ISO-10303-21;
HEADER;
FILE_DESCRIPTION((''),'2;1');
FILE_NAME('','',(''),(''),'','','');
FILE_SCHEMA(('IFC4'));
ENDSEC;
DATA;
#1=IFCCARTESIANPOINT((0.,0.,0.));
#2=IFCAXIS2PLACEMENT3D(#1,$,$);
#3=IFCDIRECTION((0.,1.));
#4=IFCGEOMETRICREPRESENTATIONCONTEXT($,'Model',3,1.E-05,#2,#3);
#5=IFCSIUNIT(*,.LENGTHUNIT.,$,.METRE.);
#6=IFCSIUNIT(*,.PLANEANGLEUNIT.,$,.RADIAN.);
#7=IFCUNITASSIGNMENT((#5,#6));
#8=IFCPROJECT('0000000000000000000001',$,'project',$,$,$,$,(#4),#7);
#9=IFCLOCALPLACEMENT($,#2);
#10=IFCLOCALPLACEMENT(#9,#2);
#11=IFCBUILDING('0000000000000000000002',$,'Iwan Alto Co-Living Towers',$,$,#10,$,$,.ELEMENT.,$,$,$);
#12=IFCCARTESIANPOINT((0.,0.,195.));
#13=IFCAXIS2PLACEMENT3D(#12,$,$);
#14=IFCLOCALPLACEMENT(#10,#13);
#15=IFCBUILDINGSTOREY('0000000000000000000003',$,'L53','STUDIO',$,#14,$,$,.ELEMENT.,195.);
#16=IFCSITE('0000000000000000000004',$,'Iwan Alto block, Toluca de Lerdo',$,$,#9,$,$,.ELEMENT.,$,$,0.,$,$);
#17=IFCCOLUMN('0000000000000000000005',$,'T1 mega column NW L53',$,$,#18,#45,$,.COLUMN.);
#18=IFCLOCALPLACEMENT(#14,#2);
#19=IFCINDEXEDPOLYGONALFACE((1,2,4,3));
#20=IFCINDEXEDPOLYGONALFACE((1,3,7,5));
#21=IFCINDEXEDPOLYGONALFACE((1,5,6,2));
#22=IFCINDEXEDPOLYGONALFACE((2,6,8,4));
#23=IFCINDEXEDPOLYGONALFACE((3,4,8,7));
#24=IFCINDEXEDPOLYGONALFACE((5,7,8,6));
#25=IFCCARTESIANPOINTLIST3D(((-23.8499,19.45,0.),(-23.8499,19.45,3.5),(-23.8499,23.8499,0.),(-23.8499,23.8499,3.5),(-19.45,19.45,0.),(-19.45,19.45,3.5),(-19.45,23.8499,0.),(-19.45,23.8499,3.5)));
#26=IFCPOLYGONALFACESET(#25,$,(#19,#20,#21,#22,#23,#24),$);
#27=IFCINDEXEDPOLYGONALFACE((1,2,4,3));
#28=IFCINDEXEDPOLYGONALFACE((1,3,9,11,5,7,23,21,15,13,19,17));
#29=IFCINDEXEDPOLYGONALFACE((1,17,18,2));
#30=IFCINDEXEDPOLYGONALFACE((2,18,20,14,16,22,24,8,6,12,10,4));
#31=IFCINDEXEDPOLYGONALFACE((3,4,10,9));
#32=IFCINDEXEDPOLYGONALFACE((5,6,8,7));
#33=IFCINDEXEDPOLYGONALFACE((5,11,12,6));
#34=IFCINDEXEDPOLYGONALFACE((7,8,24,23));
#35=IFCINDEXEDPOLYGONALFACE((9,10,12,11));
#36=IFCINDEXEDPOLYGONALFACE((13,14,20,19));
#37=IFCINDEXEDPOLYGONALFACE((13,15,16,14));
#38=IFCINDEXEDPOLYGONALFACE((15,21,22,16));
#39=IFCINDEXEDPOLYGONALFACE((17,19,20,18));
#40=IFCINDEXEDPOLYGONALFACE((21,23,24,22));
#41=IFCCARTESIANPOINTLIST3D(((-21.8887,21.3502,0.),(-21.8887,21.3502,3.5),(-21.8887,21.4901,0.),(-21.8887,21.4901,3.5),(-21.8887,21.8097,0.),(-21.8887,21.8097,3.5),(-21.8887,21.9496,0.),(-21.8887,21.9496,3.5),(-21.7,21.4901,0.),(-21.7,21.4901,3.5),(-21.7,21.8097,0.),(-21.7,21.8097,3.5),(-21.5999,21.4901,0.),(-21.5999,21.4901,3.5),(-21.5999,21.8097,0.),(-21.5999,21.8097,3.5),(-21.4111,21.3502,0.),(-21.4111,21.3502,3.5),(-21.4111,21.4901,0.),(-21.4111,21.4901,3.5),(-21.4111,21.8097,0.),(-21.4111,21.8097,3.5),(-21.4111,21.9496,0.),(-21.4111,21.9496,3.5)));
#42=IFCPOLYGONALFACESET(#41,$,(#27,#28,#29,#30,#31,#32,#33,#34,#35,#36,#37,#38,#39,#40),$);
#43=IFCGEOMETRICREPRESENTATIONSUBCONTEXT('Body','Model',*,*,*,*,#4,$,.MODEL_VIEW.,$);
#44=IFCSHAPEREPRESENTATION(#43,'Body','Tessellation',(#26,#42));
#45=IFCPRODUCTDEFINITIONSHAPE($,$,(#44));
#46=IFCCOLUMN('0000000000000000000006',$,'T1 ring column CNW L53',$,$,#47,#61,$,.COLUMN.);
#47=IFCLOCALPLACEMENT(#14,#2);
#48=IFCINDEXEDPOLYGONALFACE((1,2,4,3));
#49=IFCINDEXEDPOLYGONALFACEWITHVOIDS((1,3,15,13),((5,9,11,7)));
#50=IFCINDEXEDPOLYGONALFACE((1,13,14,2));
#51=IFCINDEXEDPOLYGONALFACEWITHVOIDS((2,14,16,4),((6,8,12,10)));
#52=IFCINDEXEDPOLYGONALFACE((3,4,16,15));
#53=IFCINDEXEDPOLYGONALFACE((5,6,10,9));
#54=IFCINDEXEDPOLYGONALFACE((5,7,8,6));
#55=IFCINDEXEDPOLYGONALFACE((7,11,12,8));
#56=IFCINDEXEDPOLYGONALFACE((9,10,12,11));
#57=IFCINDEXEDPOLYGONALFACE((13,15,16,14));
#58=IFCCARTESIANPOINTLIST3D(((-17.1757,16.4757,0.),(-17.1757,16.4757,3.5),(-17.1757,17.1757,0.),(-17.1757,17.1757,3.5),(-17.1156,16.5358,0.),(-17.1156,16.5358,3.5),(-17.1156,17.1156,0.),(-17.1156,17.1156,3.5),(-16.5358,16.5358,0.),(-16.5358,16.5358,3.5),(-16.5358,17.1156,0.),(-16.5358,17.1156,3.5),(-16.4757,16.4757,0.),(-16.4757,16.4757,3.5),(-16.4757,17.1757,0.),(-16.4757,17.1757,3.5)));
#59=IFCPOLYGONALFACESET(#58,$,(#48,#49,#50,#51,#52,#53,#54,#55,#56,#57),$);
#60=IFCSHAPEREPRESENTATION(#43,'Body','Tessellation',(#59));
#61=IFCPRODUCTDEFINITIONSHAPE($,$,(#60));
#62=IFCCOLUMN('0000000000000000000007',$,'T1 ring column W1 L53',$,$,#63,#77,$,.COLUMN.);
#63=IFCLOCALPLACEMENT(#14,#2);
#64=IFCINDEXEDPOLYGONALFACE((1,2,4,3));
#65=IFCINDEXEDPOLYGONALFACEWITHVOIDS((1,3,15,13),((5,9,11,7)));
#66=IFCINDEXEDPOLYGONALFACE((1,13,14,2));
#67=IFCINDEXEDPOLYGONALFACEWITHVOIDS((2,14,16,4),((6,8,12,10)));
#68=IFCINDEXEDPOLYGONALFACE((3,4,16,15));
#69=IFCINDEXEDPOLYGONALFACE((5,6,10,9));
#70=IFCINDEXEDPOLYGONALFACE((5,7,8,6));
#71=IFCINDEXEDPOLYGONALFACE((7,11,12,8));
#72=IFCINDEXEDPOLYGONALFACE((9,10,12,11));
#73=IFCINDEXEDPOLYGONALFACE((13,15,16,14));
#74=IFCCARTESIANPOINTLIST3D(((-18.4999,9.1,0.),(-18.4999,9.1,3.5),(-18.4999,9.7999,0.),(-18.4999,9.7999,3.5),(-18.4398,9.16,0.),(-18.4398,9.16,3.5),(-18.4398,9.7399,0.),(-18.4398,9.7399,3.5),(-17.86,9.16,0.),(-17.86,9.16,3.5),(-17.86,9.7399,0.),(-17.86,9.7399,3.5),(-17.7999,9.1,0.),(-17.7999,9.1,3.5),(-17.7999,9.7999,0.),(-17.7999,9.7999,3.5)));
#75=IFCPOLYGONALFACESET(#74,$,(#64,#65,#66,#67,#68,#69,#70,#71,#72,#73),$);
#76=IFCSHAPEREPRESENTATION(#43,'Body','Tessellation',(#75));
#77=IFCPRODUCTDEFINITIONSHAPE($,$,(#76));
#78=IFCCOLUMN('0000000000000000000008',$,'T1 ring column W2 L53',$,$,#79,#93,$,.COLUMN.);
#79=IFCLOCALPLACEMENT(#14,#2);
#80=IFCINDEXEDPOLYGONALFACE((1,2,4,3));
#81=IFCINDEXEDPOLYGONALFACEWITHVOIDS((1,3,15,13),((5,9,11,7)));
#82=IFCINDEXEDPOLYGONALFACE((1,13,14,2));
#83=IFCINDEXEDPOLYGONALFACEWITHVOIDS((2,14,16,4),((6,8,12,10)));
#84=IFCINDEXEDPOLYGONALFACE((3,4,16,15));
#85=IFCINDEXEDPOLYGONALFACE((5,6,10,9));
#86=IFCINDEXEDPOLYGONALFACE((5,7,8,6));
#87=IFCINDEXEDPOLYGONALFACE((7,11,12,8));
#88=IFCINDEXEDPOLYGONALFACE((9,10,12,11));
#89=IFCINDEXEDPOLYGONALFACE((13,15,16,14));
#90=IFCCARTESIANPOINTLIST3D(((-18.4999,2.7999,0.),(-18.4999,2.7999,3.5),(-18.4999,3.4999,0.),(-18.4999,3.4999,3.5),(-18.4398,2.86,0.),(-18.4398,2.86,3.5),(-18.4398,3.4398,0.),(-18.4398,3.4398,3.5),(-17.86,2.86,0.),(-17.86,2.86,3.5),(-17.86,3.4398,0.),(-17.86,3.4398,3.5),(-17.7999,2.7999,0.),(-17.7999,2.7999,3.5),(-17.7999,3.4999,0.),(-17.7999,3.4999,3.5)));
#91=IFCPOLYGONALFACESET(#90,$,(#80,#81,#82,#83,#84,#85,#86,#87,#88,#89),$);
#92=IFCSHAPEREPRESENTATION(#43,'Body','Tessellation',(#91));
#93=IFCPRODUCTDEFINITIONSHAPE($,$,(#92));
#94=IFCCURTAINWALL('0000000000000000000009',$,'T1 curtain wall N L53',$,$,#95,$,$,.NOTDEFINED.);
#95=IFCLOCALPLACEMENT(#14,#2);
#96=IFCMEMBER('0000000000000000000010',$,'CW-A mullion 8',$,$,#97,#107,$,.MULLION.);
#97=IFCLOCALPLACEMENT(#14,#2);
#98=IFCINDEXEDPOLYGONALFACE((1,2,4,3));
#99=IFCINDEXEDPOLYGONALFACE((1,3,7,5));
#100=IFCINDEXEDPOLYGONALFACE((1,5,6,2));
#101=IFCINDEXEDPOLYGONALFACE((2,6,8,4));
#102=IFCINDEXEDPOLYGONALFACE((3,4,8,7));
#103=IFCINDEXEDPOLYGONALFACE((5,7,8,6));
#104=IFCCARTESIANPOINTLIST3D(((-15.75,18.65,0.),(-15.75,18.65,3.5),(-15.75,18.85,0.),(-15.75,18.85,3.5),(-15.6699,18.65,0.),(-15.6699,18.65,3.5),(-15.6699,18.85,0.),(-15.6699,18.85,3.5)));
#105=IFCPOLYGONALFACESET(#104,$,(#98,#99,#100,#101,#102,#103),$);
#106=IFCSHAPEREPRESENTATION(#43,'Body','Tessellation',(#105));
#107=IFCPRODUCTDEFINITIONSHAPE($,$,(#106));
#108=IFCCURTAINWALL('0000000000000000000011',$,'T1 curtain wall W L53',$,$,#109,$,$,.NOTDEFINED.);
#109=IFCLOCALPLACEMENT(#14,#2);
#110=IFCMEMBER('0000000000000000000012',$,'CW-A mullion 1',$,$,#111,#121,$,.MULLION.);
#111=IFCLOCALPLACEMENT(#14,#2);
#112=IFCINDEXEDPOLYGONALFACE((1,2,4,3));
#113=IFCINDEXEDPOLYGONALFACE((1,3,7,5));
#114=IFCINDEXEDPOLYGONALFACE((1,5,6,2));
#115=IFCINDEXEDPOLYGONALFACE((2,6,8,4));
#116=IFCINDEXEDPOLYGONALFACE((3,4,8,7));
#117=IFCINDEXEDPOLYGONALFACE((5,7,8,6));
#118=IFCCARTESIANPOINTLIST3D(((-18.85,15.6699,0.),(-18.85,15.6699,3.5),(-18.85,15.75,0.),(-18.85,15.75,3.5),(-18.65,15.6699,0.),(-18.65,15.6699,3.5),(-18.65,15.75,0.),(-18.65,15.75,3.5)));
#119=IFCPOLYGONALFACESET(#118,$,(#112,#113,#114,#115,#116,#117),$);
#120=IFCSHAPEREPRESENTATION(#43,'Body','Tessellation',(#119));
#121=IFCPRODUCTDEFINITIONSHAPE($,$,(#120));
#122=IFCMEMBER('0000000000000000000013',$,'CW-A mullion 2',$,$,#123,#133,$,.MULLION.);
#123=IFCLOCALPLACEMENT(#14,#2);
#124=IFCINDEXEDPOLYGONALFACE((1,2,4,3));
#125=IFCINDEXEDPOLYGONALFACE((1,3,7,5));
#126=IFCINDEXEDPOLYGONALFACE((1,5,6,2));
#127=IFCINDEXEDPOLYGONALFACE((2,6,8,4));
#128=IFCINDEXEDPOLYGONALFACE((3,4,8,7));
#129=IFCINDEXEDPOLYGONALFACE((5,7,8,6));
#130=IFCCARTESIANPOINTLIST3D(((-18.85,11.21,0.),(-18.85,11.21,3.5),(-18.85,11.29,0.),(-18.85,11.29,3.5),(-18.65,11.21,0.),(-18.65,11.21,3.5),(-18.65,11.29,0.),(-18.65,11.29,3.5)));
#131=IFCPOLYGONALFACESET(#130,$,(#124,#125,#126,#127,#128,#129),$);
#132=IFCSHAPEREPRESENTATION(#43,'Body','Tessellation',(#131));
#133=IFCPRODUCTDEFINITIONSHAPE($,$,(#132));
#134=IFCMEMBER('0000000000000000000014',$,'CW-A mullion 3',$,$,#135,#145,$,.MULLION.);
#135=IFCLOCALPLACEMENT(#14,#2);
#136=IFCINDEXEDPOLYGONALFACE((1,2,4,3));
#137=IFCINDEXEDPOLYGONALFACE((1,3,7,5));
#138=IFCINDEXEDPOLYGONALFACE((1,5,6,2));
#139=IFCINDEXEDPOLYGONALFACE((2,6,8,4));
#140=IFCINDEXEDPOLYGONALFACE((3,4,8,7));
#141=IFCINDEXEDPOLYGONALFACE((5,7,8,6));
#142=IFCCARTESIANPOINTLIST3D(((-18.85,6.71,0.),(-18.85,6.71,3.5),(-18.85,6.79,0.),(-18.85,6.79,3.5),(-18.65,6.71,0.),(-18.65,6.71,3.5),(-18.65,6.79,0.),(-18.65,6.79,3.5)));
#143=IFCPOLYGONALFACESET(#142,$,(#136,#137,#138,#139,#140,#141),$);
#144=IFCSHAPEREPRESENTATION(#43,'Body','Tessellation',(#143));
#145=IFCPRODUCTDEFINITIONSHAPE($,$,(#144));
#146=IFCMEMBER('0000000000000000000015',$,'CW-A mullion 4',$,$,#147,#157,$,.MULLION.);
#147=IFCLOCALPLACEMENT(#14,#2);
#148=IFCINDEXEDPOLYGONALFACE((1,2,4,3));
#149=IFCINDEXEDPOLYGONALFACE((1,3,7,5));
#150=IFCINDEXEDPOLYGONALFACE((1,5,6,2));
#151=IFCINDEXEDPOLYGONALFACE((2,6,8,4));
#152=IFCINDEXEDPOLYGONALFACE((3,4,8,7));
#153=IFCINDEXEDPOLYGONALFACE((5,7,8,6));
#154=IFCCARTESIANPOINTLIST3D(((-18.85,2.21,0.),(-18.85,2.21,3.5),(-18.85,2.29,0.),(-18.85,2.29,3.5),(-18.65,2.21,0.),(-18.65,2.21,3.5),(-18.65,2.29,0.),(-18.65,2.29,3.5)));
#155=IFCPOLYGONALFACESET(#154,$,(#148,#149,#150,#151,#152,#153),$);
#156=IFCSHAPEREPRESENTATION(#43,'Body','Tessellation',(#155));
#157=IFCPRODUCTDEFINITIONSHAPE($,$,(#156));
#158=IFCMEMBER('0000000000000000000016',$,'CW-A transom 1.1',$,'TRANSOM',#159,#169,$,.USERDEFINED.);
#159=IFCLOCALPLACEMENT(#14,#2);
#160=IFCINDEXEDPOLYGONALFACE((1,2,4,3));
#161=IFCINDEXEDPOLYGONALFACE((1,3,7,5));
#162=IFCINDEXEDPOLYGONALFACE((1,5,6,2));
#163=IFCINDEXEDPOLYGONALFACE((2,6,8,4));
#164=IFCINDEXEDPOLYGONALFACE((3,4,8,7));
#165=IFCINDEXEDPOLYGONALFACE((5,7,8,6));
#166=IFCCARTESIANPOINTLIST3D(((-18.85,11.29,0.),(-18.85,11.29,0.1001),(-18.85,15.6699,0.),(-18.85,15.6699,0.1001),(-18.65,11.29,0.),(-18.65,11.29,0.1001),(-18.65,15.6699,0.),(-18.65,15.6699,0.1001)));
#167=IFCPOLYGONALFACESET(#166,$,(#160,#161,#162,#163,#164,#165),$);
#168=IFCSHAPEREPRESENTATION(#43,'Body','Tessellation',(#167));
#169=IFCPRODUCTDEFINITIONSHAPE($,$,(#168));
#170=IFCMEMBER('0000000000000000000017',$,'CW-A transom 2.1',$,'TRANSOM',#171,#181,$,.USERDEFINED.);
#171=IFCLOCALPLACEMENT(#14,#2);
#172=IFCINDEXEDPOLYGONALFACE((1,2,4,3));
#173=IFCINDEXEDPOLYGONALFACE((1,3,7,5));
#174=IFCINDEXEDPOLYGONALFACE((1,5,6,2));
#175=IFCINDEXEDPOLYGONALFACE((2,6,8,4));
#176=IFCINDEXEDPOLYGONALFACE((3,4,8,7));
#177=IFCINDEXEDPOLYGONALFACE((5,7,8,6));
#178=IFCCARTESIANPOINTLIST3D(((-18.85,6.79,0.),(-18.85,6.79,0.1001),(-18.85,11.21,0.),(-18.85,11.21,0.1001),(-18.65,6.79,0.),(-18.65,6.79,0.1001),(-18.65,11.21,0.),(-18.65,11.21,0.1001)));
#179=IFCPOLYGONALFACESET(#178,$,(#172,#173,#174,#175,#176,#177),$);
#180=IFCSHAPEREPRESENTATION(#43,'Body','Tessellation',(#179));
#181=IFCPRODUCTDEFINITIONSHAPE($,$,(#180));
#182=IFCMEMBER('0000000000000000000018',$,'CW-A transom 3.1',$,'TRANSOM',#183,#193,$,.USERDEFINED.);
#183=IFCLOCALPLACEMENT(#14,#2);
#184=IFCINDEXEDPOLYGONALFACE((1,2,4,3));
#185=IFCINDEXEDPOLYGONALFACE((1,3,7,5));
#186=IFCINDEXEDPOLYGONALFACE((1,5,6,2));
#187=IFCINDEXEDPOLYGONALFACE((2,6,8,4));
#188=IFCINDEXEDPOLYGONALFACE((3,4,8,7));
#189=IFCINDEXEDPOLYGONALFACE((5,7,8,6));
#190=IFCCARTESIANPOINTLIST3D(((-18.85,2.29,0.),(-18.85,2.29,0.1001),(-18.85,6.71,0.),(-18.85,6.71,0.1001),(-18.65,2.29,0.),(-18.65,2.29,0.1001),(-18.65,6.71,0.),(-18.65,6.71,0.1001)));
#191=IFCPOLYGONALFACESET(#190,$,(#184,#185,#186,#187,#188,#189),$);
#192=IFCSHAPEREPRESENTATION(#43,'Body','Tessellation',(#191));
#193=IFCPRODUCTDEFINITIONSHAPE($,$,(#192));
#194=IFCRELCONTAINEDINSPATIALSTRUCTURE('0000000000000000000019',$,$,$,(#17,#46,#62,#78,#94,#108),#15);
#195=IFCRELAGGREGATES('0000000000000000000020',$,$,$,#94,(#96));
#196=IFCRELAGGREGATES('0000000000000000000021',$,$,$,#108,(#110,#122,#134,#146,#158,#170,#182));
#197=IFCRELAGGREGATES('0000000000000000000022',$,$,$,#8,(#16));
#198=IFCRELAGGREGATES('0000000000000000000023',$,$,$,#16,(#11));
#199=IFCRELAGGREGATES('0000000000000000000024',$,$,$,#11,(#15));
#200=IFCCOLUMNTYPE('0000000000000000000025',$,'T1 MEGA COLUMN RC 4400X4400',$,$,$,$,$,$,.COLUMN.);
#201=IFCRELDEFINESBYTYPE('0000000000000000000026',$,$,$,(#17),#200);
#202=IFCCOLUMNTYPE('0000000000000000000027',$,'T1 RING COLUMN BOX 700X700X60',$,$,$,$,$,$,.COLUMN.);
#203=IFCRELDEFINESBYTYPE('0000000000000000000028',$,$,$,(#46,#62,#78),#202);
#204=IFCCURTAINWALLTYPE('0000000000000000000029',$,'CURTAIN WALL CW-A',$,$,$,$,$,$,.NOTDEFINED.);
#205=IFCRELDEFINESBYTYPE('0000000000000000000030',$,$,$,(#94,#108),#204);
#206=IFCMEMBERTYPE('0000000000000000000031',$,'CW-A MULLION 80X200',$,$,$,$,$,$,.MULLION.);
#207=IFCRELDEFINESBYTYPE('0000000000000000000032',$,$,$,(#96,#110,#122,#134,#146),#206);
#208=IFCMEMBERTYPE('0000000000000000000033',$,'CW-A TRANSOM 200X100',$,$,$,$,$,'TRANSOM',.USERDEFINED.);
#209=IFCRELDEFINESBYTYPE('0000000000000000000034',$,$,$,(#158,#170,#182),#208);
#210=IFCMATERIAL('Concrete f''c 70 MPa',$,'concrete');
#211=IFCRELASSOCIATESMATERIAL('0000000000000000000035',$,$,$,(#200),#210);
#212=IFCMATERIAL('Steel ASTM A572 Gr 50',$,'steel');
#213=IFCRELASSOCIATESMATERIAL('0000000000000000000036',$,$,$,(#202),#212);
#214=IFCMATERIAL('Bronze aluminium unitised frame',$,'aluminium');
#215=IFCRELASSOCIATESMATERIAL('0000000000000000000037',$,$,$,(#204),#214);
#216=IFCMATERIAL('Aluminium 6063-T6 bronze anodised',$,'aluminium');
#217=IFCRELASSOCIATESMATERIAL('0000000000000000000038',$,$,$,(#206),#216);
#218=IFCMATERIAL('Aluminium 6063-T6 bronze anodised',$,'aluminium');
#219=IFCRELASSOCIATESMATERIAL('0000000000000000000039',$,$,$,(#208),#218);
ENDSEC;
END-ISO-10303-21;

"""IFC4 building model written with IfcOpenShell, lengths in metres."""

from ifc_helpers import new_model, si_unit, direction, frame, origin, origin_2d, place, context, subcontext, project, spatial, rectangle, hollow_rectangle, i_section, extrude, material, material_profile, profile_set, type_object, element, aggregate, save


model = new_model("IFC4")

# Units and contexts
model_context = context("Model", 3, precision=1e-05, world=origin(), true_north=direction((0.0, 1.0)))
body_context = subcontext(model_context, "Body", "Model", "MODEL_VIEW")
ifc_project = project(units=[si_unit("LENGTHUNIT", "METRE"), si_unit("PLANEANGLEUNIT", "RADIAN")], contexts=[model_context])

# Site, building, storey
site_placement = place(None, origin())
site = spatial("IfcSite", under=ifc_project, at=site_placement, Name="Iwan Alto block, Toluca de Lerdo", CompositionType="ELEMENT", RefElevation=0.0)
building_placement = place(site_placement, origin())
building = spatial("IfcBuilding", under=site, at=building_placement, Name="Iwan Alto Co-Living Towers", CompositionType="ELEMENT")
storey_placement = place(building_placement, frame((0.0, 0.0, 195.0)))
storey = spatial("IfcBuildingStorey", under=building, at=storey_placement, Name="L53", Description="STUDIO", CompositionType="ELEMENT", Elevation=195.0)

# Columns
ifc_material_1 = material(Name="Concrete f'c 70 MPa", Category="concrete")
ifc_material_profile_1 = material_profile(ifc_material_1, rectangle(XDim=4.3999, YDim=4.3999, at=origin_2d()), Name="RC 4400X4400")
ifc_profile_set_1 = profile_set([ifc_material_profile_1], Name="Concrete f'c 70 MPa")
column_type_1 = type_object("IfcColumnType", Name="T1 MEGA COLUMN RC 4400X4400", PredefinedType="COLUMN", material=ifc_profile_set_1)
column_placement = place(storey_placement, frame((-21.6499, 21.6499, 0.0), z_axis=(0.0, 0.0, 1.0), x_axis=(1.0, 0.0, 0.0)))
element("IfcColumn", 1, at=column_placement, inside=storey, type_object=column_type_1, Name="T1 mega column NW L53", PredefinedType="COLUMN", context=body_context, shape_type="SweptSolid", body=[
    extrude(rectangle(XDim=4.3999, YDim=4.3999, at=origin_2d()), origin(), (0.0, 0.0, 1.0), 3.5),
    extrude(i_section(OverallWidth=0.4775, OverallDepth=0.5994, WebThickness=0.1001, FlangeThickness=0.1399, at=origin_2d()), origin(), (0.0, 0.0, 1.0), 3.5),
])
ifc_material_2 = material(Name="Steel ASTM A572 Gr 50", Category="steel")
ifc_material_profile_2 = material_profile(ifc_material_2, hollow_rectangle(XDim=0.7, YDim=0.7, WallThickness=0.0601, at=origin_2d()), Name="BOX 700X700X60")
ifc_profile_set_2 = profile_set([ifc_material_profile_2], Name="Steel ASTM A572 Gr 50")
column_type_2 = type_object("IfcColumnType", Name="T1 RING COLUMN BOX 700X700X60", PredefinedType="COLUMN", material=ifc_profile_set_2)
for number, where, z_axis, x_axis, name in (
    (2, (-16.8257, 16.8257, 0.0), (0.0, 0.0, 1.0), (1.0, 0.0, 0.0), "T1 ring column CNW L53"),
    (3, (-18.1499, 9.45, 0.0), (0.0, 0.0, 1.0), (1.0, 0.0, 0.0), "T1 ring column W1 L53"),
    (4, (-18.1499, 3.1499, 0.0), (0.0, 0.0, 1.0), (1.0, 0.0, 0.0), "T1 ring column W2 L53"),
):
    element("IfcColumn", number, at=place(storey_placement, frame(where, z_axis=z_axis, x_axis=x_axis)), inside=storey, type_object=column_type_2, Name=name, PredefinedType="COLUMN", context=body_context, shape_type="SweptSolid", body=[
        extrude(hollow_rectangle(XDim=0.7, YDim=0.7, WallThickness=0.0601, at=origin_2d()), origin(), (0.0, 0.0, 1.0), 3.5),
    ])

# Curtain wall, member
ifc_material_3 = material(Name="Bronze aluminium unitised frame", Category="aluminium")
curtain_wall_type_1 = type_object("IfcCurtainWallType", Name="CURTAIN WALL CW-A", PredefinedType="NOTDEFINED", material=ifc_material_3)
curtain_wall_1_placement = place(storey_placement, origin())
curtain_wall_1 = element("IfcCurtainWall", 5, at=curtain_wall_1_placement, inside=storey, type_object=curtain_wall_type_1, Name="T1 curtain wall N L53", PredefinedType="NOTDEFINED")
ifc_material_4 = material(Name="Aluminium 6063-T6 bronze anodised", Category="aluminium")
ifc_material_profile_3 = material_profile(ifc_material_4, rectangle(XDim=0.2, YDim=0.0801, at=origin_2d()), Name="AL 80X200")
ifc_profile_set_3 = profile_set([ifc_material_profile_3], Name="Aluminium 6063-T6 bronze anodised")
member_type_1 = type_object("IfcMemberType", Name="CW-A MULLION 80X200", PredefinedType="MULLION", material=ifc_profile_set_3)
member_1_placement = place(storey_placement, frame((-15.71, 18.75, 0.0), z_axis=(0.0, 0.0, 1.0), x_axis=(0.0, -1.0, 0.0)))
member_1 = element("IfcMember", 6, at=member_1_placement, type_object=member_type_1, Name="CW-A mullion 8", PredefinedType="MULLION", context=body_context, shape_type="SweptSolid", body=[
    extrude(rectangle(XDim=0.2, YDim=0.0801, at=origin_2d()), origin(), (0.0, 0.0, 1.0), 3.5),
])
aggregate(curtain_wall_1, [member_1])

# Curtain wall, members
curtain_wall_2_placement = place(storey_placement, origin())
curtain_wall_2 = element("IfcCurtainWall", 7, at=curtain_wall_2_placement, inside=storey, type_object=curtain_wall_type_1, Name="T1 curtain wall W L53", PredefinedType="NOTDEFINED")
member_2_placement = place(storey_placement, frame((-18.75, 15.71, 0.0), z_axis=(0.0, 0.0, 1.0), x_axis=(1.0, 0.0, 0.0)))
member_2 = element("IfcMember", 8, at=member_2_placement, type_object=member_type_1, Name="CW-A mullion 1", PredefinedType="MULLION", context=body_context, shape_type="SweptSolid", body=[
    extrude(rectangle(XDim=0.2, YDim=0.0801, at=origin_2d()), origin(), (0.0, 0.0, 1.0), 3.5),
])
member_3_placement = place(storey_placement, frame((-18.75, 11.25, 0.0), z_axis=(0.0, 0.0, 1.0), x_axis=(1.0, 0.0, 0.0)))
member_3 = element("IfcMember", 9, at=member_3_placement, type_object=member_type_1, Name="CW-A mullion 2", PredefinedType="MULLION", context=body_context, shape_type="SweptSolid", body=[
    extrude(rectangle(XDim=0.2, YDim=0.0801, at=origin_2d()), origin(), (0.0, 0.0, 1.0), 3.5),
])
member_4_placement = place(storey_placement, frame((-18.75, 6.75, 0.0), z_axis=(0.0, 0.0, 1.0), x_axis=(1.0, 0.0, 0.0)))
member_4 = element("IfcMember", 10, at=member_4_placement, type_object=member_type_1, Name="CW-A mullion 3", PredefinedType="MULLION", context=body_context, shape_type="SweptSolid", body=[
    extrude(rectangle(XDim=0.2, YDim=0.0801, at=origin_2d()), origin(), (0.0, 0.0, 1.0), 3.5),
])
member_5_placement = place(storey_placement, frame((-18.75, 2.25, 0.0), z_axis=(0.0, 0.0, 1.0), x_axis=(1.0, 0.0, 0.0)))
member_5 = element("IfcMember", 11, at=member_5_placement, type_object=member_type_1, Name="CW-A mullion 4", PredefinedType="MULLION", context=body_context, shape_type="SweptSolid", body=[
    extrude(rectangle(XDim=0.2, YDim=0.0801, at=origin_2d()), origin(), (0.0, 0.0, 1.0), 3.5),
])
ifc_material_5 = material(Name="Aluminium 6063-T6 bronze anodised", Category="aluminium")
ifc_material_profile_4 = material_profile(ifc_material_5, rectangle(XDim=0.2, YDim=0.1001, at=origin_2d()), Name="AL 200X100")
ifc_profile_set_4 = profile_set([ifc_material_profile_4], Name="Aluminium 6063-T6 bronze anodised")
member_type_2 = type_object("IfcMemberType", Name="CW-A TRANSOM 200X100", ElementType="TRANSOM", PredefinedType="USERDEFINED", material=ifc_profile_set_4)
member_6_placement = place(storey_placement, frame((-18.75, 15.6699, 0.05), z_axis=(0.0, -1.0, 0.0), x_axis=(1.0, 0.0, 0.0)))
member_6 = element("IfcMember", 12, at=member_6_placement, type_object=member_type_2, Name="CW-A transom 1.1", ObjectType="TRANSOM", PredefinedType="USERDEFINED", context=body_context, shape_type="SweptSolid", body=[
    extrude(rectangle(XDim=0.2, YDim=0.1001, at=origin_2d()), origin(), (0.0, 0.0, 1.0), 4.3799),
])
member_7_placement = place(storey_placement, frame((-18.75, 11.21, 0.05), z_axis=(0.0, -1.0, 0.0), x_axis=(1.0, 0.0, 0.0)))
member_7 = element("IfcMember", 13, at=member_7_placement, type_object=member_type_2, Name="CW-A transom 2.1", ObjectType="TRANSOM", PredefinedType="USERDEFINED", context=body_context, shape_type="SweptSolid", body=[
    extrude(rectangle(XDim=0.2, YDim=0.1001, at=origin_2d()), origin(), (0.0, 0.0, 1.0), 4.4199),
])
member_8_placement = place(storey_placement, frame((-18.75, 6.71, 0.05), z_axis=(0.0, -1.0, 0.0), x_axis=(1.0, 0.0, 0.0)))
member_8 = element("IfcMember", 14, at=member_8_placement, type_object=member_type_2, Name="CW-A transom 3.1", ObjectType="TRANSOM", PredefinedType="USERDEFINED", context=body_context, shape_type="SweptSolid", body=[
    extrude(rectangle(XDim=0.2, YDim=0.1001, at=origin_2d()), origin(), (0.0, 0.0, 1.0), 4.4199),
])

aggregate(curtain_wall_2, [member_2, member_3, member_4, member_5, member_6, member_7, member_8])

save(model, "model.ifc")
